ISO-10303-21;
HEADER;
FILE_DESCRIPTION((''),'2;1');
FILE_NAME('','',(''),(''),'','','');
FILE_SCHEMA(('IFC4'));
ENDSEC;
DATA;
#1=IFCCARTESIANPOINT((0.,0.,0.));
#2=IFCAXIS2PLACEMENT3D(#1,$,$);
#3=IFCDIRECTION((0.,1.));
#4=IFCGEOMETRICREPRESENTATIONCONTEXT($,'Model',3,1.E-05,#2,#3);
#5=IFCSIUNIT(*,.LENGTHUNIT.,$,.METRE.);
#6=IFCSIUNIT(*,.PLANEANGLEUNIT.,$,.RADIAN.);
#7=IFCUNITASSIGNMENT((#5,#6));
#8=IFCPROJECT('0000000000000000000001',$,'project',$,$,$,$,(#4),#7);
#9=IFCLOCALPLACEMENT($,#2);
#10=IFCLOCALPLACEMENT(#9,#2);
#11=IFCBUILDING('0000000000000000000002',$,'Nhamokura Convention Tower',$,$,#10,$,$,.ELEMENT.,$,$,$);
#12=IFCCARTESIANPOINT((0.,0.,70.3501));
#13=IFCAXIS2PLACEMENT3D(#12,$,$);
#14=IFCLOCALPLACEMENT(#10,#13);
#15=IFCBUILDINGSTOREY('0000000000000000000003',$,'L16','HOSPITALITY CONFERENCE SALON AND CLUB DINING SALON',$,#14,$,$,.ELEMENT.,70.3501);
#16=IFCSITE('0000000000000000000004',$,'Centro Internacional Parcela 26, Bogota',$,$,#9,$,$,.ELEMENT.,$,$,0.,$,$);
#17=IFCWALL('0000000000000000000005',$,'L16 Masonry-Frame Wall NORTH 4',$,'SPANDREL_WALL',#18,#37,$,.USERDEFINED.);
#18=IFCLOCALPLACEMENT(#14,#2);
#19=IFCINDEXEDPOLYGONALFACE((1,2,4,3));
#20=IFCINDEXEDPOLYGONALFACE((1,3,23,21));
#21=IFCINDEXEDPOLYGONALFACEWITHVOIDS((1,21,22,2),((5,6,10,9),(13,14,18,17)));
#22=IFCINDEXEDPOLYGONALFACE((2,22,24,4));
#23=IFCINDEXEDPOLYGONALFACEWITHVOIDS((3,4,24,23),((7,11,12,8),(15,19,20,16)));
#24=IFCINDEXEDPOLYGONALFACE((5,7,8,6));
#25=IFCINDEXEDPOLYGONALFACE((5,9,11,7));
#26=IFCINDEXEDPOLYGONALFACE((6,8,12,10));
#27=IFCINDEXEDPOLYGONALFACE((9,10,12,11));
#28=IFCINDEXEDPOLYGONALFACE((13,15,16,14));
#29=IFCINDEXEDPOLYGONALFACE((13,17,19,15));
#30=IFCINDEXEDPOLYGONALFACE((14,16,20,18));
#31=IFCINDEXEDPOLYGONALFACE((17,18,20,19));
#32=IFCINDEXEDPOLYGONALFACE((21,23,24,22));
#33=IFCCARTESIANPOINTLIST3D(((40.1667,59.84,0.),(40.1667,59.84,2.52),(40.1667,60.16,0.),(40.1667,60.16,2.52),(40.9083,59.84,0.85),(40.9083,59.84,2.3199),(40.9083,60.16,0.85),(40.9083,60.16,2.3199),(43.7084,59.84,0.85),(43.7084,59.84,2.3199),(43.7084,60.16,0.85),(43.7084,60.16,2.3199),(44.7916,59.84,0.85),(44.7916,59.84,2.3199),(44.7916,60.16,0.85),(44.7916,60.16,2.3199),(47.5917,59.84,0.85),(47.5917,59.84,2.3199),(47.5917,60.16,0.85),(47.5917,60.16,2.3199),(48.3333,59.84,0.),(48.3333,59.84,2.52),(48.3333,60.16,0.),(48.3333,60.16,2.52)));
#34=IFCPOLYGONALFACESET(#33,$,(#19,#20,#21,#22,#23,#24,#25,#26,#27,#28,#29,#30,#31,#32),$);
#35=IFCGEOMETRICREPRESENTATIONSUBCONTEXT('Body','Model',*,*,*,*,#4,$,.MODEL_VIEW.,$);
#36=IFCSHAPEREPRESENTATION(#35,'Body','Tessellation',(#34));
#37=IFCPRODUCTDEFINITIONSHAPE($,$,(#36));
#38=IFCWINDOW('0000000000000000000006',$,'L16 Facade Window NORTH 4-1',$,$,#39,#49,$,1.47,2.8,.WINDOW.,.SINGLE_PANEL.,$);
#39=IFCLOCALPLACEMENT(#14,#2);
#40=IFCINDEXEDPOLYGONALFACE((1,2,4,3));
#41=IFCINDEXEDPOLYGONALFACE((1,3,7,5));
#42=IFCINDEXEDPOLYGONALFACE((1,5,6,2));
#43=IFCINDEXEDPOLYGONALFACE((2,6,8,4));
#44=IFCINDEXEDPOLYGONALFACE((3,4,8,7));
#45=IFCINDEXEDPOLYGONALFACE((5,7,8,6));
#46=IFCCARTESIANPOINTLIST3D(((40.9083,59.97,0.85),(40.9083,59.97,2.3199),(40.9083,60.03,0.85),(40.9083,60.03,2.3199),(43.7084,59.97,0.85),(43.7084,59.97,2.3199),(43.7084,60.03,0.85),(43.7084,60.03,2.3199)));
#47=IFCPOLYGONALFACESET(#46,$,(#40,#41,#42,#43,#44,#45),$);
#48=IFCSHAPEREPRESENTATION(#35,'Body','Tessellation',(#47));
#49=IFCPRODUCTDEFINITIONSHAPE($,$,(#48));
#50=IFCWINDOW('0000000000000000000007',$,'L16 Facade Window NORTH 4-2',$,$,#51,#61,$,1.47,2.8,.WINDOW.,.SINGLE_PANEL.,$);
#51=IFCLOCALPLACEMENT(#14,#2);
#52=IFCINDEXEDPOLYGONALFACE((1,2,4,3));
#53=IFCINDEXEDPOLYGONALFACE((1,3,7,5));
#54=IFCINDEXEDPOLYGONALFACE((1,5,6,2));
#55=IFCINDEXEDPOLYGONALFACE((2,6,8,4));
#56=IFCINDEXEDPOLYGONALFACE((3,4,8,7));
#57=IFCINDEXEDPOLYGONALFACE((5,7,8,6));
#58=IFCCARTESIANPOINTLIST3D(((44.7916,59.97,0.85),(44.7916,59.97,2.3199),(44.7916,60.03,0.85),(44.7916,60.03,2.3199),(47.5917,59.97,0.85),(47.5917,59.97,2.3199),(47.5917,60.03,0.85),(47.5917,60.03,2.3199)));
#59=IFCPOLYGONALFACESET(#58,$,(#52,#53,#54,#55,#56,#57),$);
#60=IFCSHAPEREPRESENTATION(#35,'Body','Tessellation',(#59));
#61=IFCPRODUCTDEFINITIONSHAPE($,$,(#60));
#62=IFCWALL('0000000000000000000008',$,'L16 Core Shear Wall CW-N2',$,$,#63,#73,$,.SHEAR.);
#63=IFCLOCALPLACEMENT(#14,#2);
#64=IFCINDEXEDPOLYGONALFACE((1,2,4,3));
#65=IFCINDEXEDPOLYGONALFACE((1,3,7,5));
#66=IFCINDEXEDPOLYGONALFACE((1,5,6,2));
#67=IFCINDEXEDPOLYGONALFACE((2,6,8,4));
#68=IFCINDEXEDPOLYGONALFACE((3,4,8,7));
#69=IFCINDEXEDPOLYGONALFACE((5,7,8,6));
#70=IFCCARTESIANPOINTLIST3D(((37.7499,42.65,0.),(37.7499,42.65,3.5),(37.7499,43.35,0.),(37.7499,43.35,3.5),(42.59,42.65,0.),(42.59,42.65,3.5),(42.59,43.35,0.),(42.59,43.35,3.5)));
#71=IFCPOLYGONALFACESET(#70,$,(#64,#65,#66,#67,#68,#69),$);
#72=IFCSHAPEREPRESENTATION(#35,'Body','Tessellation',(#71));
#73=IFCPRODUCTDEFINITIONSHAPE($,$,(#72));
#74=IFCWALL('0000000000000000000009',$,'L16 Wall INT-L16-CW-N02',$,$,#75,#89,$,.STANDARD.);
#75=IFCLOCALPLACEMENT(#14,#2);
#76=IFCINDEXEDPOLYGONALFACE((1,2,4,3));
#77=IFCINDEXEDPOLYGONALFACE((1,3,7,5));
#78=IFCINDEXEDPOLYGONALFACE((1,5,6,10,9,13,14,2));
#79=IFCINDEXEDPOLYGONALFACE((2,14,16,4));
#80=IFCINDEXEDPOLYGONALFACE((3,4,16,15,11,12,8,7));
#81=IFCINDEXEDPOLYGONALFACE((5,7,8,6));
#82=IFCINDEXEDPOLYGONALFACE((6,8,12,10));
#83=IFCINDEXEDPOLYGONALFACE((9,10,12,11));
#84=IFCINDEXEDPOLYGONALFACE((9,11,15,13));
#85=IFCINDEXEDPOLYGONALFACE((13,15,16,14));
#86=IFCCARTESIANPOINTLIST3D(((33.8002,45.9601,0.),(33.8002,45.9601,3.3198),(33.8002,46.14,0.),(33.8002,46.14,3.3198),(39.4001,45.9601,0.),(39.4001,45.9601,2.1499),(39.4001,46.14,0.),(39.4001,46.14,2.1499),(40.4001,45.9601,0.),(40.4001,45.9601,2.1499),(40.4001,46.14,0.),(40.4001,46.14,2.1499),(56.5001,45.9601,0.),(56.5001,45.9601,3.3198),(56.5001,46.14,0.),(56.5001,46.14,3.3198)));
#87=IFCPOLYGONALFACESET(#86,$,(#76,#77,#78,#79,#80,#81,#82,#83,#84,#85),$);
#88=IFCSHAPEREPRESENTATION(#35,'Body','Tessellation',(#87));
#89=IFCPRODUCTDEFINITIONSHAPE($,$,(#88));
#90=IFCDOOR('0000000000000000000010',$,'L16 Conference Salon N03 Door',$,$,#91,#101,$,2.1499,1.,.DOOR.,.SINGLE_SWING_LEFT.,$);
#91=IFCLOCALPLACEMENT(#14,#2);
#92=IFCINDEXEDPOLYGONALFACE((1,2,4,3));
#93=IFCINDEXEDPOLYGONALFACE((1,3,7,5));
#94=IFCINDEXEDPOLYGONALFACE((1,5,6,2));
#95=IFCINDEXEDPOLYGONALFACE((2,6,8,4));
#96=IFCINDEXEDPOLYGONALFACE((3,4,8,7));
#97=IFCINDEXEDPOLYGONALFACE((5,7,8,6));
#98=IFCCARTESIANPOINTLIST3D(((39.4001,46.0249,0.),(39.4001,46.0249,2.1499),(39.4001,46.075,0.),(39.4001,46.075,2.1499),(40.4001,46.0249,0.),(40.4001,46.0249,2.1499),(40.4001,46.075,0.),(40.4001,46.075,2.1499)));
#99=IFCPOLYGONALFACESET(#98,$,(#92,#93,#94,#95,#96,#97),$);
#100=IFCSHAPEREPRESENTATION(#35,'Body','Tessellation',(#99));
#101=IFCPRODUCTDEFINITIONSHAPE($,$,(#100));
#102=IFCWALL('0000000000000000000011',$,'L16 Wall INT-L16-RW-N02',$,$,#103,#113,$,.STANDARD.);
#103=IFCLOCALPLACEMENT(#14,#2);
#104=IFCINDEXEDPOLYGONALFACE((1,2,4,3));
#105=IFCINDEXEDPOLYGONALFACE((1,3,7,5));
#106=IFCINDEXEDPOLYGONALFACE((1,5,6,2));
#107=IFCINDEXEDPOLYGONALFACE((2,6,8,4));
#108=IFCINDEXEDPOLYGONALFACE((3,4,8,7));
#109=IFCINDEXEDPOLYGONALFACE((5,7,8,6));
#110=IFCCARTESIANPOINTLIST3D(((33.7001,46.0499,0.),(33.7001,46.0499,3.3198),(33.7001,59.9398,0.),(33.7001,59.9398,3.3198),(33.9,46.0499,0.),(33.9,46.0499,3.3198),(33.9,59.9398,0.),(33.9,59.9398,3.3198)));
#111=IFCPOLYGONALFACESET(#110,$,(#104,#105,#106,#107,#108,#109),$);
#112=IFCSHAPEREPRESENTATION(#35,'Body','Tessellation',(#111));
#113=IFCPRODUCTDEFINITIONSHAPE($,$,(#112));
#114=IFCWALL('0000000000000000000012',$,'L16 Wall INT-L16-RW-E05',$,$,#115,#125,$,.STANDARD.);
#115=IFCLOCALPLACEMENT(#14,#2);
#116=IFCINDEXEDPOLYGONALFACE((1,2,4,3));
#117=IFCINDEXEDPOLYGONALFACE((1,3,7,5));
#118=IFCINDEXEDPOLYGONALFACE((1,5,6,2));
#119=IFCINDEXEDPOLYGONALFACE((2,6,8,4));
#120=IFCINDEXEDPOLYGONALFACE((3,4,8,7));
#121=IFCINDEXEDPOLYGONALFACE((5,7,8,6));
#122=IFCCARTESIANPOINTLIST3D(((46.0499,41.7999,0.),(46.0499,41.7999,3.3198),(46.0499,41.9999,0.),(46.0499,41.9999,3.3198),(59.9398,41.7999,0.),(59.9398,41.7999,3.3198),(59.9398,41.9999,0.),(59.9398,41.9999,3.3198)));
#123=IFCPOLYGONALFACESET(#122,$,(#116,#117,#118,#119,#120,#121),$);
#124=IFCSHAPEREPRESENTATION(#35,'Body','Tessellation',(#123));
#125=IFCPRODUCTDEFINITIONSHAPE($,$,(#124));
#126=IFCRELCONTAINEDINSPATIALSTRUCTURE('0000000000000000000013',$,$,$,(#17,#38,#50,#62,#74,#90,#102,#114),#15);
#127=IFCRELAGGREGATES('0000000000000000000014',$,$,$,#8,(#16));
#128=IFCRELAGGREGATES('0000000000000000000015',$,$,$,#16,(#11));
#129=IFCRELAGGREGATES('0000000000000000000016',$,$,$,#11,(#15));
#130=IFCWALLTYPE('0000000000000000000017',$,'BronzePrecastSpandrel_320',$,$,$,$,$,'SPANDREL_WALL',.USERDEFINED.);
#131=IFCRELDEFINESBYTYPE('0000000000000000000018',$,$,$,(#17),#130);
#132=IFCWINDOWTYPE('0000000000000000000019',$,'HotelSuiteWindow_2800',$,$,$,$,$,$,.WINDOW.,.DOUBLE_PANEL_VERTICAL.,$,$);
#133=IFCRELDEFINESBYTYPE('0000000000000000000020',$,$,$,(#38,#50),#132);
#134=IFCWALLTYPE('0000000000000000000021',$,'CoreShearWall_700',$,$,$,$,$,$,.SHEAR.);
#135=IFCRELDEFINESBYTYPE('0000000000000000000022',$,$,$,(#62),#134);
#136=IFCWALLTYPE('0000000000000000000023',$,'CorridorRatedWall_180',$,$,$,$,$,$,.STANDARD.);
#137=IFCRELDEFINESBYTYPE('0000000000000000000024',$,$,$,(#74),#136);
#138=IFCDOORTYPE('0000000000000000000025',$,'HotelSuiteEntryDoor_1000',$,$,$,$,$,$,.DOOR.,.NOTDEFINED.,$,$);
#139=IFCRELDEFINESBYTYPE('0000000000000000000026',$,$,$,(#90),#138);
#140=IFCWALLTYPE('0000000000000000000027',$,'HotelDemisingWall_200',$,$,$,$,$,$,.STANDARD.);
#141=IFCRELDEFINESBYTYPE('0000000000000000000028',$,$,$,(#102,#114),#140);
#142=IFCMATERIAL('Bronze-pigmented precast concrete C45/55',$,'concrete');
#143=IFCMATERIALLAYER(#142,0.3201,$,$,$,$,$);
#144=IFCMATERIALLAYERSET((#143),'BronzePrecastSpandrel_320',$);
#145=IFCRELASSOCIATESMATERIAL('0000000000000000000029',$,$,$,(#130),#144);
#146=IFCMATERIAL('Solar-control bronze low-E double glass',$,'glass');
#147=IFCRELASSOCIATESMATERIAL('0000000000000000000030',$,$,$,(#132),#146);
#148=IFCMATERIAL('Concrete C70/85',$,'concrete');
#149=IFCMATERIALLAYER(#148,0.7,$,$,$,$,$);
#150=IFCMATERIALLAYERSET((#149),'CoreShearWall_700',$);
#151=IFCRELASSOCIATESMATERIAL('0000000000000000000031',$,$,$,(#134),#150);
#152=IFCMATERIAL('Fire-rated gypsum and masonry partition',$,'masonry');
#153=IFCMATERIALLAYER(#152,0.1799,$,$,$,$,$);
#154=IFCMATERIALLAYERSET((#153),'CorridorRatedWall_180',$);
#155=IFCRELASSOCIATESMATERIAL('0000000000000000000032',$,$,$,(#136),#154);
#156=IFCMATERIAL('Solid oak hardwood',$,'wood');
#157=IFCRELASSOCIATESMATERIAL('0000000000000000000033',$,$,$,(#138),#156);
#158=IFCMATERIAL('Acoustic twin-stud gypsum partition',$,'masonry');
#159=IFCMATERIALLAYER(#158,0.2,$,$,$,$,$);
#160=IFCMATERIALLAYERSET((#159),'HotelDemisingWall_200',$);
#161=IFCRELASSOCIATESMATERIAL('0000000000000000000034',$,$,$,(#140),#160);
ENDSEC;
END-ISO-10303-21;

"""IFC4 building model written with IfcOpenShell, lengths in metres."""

from ifc_helpers import new_model, si_unit, direction, frame, frame_2d, origin, place, context, subcontext, project, spatial, rectangle, extrude, material, layer, layer_set, type_object, element, fill, save


model = new_model("IFC4")

# Units and contexts
model_context = context("Model", 3, precision=1e-05, world=origin(), true_north=direction((0.0, 1.0)))
body_context = subcontext(model_context, "Body", "Model", "MODEL_VIEW")
ifc_project = project(units=[si_unit("LENGTHUNIT", "METRE"), si_unit("PLANEANGLEUNIT", "RADIAN")], contexts=[model_context])

# Site, building, storey
site_placement = place(None, origin())
site = spatial("IfcSite", under=ifc_project, at=site_placement, Name="Centro Internacional Parcela 26, Bogota", CompositionType="ELEMENT", RefElevation=0.0)
building_placement = place(site_placement, origin())
building = spatial("IfcBuilding", under=site, at=building_placement, Name="Nhamokura Convention Tower", CompositionType="ELEMENT")
storey_placement = place(building_placement, frame((0.0, 0.0, 70.3501)))
storey = spatial("IfcBuildingStorey", under=building, at=storey_placement, Name="L16", Description="HOSPITALITY CONFERENCE SALON AND CLUB DINING SALON", CompositionType="ELEMENT", Elevation=70.3501)

# Wall, openings, windows
ifc_material_1 = material(Name="Bronze-pigmented precast concrete C45/55", Category="concrete")
ifc_layer_1 = layer(ifc_material_1, 0.3201)
ifc_layer_set_1 = layer_set([ifc_layer_1], Name="BronzePrecastSpandrel_320")
wall_type_1 = type_object("IfcWallType", Name="BronzePrecastSpandrel_320", ElementType="SPANDREL_WALL", PredefinedType="USERDEFINED", material=ifc_layer_set_1)
wall_1_placement = place(storey_placement, frame((40.1667, 60.0, 0.0), z_axis=(0.0, 0.0, 1.0), x_axis=(1.0, 0.0, 0.0)))
wall_1 = element("IfcWall", 1, at=wall_1_placement, inside=storey, type_object=wall_type_1, Name="L16 Masonry-Frame Wall NORTH 4", ObjectType="SPANDREL_WALL", PredefinedType="USERDEFINED", context=body_context, shape_type="SweptSolid", body=[
    extrude(rectangle(XDim=8.1665, YDim=0.3201, at=frame_2d((4.0833, 0.0))), origin(), (0.0, 0.0, 1.0), 2.52),
])
opening_1_placement = place(wall_1_placement, frame((0.7417, 0.0, 0.8501)))
opening_1 = element("IfcOpeningElement", 2, at=opening_1_placement, cuts=wall_1, PredefinedType="OPENING", context=body_context, shape_type="SweptSolid", body=[
    extrude(rectangle(XDim=2.8, YDim=1.47, at=frame_2d((1.3999, 0.7349))), frame((0.0, 0.1699, 0.0), z_axis=(0.0, -1.0, 0.0), x_axis=(1.0, 0.0, 0.0)), (0.0, 0.0, 1.0), 0.3401),
])
opening_2_placement = place(wall_1_placement, frame((4.625, 0.0, 0.8501)))
opening_2 = element("IfcOpeningElement", 3, at=opening_2_placement, cuts=wall_1, PredefinedType="OPENING", context=body_context, shape_type="SweptSolid", body=[
    extrude(rectangle(XDim=2.8, YDim=1.47, at=frame_2d((1.3999, 0.7349))), frame((0.0, 0.1699, 0.0), z_axis=(0.0, -1.0, 0.0), x_axis=(1.0, 0.0, 0.0)), (0.0, 0.0, 1.0), 0.3401),
])
ifc_material_2 = material(Name="Solar-control bronze low-E double glass", Category="glass")
window_type = type_object("IfcWindowType", Name="HotelSuiteWindow_2800", PartitioningType="DOUBLE_PANEL_VERTICAL", PredefinedType="WINDOW", material=ifc_material_2)
window_1_placement = place(opening_1_placement, origin())
window_1 = element("IfcWindow", 4, at=window_1_placement, inside=storey, type_object=window_type, Name="L16 Facade Window NORTH 4-1", OverallHeight=1.47, OverallWidth=2.8, PartitioningType="SINGLE_PANEL", PredefinedType="WINDOW", context=body_context, shape_type="SweptSolid", body=[
    extrude(rectangle(XDim=2.8, YDim=1.47, at=frame_2d((1.3999, 0.7349))), frame((0.0, 0.03, 0.0), z_axis=(0.0, -1.0, 0.0), x_axis=(1.0, 0.0, 0.0)), (0.0, 0.0, 1.0), 0.0601),
])
fill(opening_1, window_1)
window_2_placement = place(opening_2_placement, origin())
window_2 = element("IfcWindow", 5, at=window_2_placement, inside=storey, type_object=window_type, Name="L16 Facade Window NORTH 4-2", OverallHeight=1.47, OverallWidth=2.8, PartitioningType="SINGLE_PANEL", PredefinedType="WINDOW", context=body_context, shape_type="SweptSolid", body=[
    extrude(rectangle(XDim=2.8, YDim=1.47, at=frame_2d((1.3999, 0.7349))), frame((0.0, 0.03, 0.0), z_axis=(0.0, -1.0, 0.0), x_axis=(1.0, 0.0, 0.0)), (0.0, 0.0, 1.0), 0.0601),
])
fill(opening_2, window_2)

# Wall
ifc_material_3 = material(Name="Concrete C70/85", Category="concrete")
ifc_layer_2 = layer(ifc_material_3, 0.7)
ifc_layer_set_2 = layer_set([ifc_layer_2], Name="CoreShearWall_700")
wall_type_2 = type_object("IfcWallType", Name="CoreShearWall_700", PredefinedType="SHEAR", material=ifc_layer_set_2)
wall_2_placement = place(storey_placement, frame((37.75, 43.0, 0.0), z_axis=(0.0, 0.0, 1.0), x_axis=(1.0, 0.0, 0.0)))
element("IfcWall", 6, at=wall_2_placement, inside=storey, type_object=wall_type_2, Name="L16 Core Shear Wall CW-N2", PredefinedType="SHEAR", context=body_context, shape_type="SweptSolid", body=[
    extrude(rectangle(XDim=4.8401, YDim=0.7, at=frame_2d((2.4199, 0.0))), origin(), (0.0, 0.0, 1.0), 3.5),
])

# Wall, opening, door
ifc_material_4 = material(Name="Fire-rated gypsum and masonry partition", Category="masonry")
ifc_layer_3 = layer(ifc_material_4, 0.1799)
ifc_layer_set_3 = layer_set([ifc_layer_3], Name="CorridorRatedWall_180")
wall_type_3 = type_object("IfcWallType", Name="CorridorRatedWall_180", PredefinedType="STANDARD", material=ifc_layer_set_3)
wall_3_placement = place(storey_placement, frame((33.8, 46.05, 0.0), z_axis=(0.0, 0.0, 1.0), x_axis=(1.0, 0.0, 0.0)))
wall_3 = element("IfcWall", 7, at=wall_3_placement, inside=storey, type_object=wall_type_3, Name="L16 Wall INT-L16-CW-N02", PredefinedType="STANDARD", context=body_context, shape_type="SweptSolid", body=[
    extrude(rectangle(XDim=22.7, YDim=0.1799, at=frame_2d((11.3501, 0.0))), origin(), (0.0, 0.0, 1.0), 3.3198),
])
opening_3_placement = place(wall_3_placement, frame((5.6001, 0.0, 0.0)))
opening_3 = element("IfcOpeningElement", 8, at=opening_3_placement, cuts=wall_3, PredefinedType="OPENING", context=body_context, shape_type="SweptSolid", body=[
    extrude(rectangle(XDim=1.0, YDim=2.1499, at=frame_2d((0.5, 1.075))), frame((0.0, 0.0999, 0.0), z_axis=(0.0, -1.0, 0.0), x_axis=(1.0, 0.0, 0.0)), (0.0, 0.0, 1.0), 0.2),
])
ifc_material_5 = material(Name="Solid oak hardwood", Category="wood")
door_type = type_object("IfcDoorType", Name="HotelSuiteEntryDoor_1000", OperationType="NOTDEFINED", PredefinedType="DOOR", material=ifc_material_5)
door_1_placement = place(opening_3_placement, origin())
door_1 = element("IfcDoor", 9, at=door_1_placement, inside=storey, type_object=door_type, Name="L16 Conference Salon N03 Door", OperationType="SINGLE_SWING_LEFT", OverallHeight=2.1499, OverallWidth=1.0, PredefinedType="DOOR", context=body_context, shape_type="SweptSolid", body=[
    extrude(rectangle(XDim=1.0, YDim=2.1499, at=frame_2d((0.5, 1.075))), frame((0.0, 0.0249, 0.0), z_axis=(0.0, -1.0, 0.0), x_axis=(1.0, 0.0, 0.0)), (0.0, 0.0, 1.0), 0.05),
])
fill(opening_3, door_1)

# Walls
ifc_material_6 = material(Name="Acoustic twin-stud gypsum partition", Category="masonry")
ifc_layer_4 = layer(ifc_material_6, 0.2)
ifc_layer_set_4 = layer_set([ifc_layer_4], Name="HotelDemisingWall_200")
wall_type_4 = type_object("IfcWallType", Name="HotelDemisingWall_200", PredefinedType="STANDARD", material=ifc_layer_set_4)
for number, where, z_axis, x_axis, name in (
    (10, (33.8, 46.05, 0.0), (0.0, 0.0, 1.0), (0.0, 1.0, 0.0), "L16 Wall INT-L16-RW-N02"),
    (11, (46.05, 41.8999, 0.0), (0.0, 0.0, 1.0), (1.0, 0.0, 0.0), "L16 Wall INT-L16-RW-E05"),
):
    element("IfcWall", number, at=place(storey_placement, frame(where, z_axis=z_axis, x_axis=x_axis)), inside=storey, type_object=wall_type_4, Name=name, PredefinedType="STANDARD", context=body_context, shape_type="SweptSolid", body=[
        extrude(rectangle(XDim=13.8899, YDim=0.2, at=frame_2d((6.9448, 0.0))), origin(), (0.0, 0.0, 1.0), 3.3198),
    ])

save(model, "model.ifc")
